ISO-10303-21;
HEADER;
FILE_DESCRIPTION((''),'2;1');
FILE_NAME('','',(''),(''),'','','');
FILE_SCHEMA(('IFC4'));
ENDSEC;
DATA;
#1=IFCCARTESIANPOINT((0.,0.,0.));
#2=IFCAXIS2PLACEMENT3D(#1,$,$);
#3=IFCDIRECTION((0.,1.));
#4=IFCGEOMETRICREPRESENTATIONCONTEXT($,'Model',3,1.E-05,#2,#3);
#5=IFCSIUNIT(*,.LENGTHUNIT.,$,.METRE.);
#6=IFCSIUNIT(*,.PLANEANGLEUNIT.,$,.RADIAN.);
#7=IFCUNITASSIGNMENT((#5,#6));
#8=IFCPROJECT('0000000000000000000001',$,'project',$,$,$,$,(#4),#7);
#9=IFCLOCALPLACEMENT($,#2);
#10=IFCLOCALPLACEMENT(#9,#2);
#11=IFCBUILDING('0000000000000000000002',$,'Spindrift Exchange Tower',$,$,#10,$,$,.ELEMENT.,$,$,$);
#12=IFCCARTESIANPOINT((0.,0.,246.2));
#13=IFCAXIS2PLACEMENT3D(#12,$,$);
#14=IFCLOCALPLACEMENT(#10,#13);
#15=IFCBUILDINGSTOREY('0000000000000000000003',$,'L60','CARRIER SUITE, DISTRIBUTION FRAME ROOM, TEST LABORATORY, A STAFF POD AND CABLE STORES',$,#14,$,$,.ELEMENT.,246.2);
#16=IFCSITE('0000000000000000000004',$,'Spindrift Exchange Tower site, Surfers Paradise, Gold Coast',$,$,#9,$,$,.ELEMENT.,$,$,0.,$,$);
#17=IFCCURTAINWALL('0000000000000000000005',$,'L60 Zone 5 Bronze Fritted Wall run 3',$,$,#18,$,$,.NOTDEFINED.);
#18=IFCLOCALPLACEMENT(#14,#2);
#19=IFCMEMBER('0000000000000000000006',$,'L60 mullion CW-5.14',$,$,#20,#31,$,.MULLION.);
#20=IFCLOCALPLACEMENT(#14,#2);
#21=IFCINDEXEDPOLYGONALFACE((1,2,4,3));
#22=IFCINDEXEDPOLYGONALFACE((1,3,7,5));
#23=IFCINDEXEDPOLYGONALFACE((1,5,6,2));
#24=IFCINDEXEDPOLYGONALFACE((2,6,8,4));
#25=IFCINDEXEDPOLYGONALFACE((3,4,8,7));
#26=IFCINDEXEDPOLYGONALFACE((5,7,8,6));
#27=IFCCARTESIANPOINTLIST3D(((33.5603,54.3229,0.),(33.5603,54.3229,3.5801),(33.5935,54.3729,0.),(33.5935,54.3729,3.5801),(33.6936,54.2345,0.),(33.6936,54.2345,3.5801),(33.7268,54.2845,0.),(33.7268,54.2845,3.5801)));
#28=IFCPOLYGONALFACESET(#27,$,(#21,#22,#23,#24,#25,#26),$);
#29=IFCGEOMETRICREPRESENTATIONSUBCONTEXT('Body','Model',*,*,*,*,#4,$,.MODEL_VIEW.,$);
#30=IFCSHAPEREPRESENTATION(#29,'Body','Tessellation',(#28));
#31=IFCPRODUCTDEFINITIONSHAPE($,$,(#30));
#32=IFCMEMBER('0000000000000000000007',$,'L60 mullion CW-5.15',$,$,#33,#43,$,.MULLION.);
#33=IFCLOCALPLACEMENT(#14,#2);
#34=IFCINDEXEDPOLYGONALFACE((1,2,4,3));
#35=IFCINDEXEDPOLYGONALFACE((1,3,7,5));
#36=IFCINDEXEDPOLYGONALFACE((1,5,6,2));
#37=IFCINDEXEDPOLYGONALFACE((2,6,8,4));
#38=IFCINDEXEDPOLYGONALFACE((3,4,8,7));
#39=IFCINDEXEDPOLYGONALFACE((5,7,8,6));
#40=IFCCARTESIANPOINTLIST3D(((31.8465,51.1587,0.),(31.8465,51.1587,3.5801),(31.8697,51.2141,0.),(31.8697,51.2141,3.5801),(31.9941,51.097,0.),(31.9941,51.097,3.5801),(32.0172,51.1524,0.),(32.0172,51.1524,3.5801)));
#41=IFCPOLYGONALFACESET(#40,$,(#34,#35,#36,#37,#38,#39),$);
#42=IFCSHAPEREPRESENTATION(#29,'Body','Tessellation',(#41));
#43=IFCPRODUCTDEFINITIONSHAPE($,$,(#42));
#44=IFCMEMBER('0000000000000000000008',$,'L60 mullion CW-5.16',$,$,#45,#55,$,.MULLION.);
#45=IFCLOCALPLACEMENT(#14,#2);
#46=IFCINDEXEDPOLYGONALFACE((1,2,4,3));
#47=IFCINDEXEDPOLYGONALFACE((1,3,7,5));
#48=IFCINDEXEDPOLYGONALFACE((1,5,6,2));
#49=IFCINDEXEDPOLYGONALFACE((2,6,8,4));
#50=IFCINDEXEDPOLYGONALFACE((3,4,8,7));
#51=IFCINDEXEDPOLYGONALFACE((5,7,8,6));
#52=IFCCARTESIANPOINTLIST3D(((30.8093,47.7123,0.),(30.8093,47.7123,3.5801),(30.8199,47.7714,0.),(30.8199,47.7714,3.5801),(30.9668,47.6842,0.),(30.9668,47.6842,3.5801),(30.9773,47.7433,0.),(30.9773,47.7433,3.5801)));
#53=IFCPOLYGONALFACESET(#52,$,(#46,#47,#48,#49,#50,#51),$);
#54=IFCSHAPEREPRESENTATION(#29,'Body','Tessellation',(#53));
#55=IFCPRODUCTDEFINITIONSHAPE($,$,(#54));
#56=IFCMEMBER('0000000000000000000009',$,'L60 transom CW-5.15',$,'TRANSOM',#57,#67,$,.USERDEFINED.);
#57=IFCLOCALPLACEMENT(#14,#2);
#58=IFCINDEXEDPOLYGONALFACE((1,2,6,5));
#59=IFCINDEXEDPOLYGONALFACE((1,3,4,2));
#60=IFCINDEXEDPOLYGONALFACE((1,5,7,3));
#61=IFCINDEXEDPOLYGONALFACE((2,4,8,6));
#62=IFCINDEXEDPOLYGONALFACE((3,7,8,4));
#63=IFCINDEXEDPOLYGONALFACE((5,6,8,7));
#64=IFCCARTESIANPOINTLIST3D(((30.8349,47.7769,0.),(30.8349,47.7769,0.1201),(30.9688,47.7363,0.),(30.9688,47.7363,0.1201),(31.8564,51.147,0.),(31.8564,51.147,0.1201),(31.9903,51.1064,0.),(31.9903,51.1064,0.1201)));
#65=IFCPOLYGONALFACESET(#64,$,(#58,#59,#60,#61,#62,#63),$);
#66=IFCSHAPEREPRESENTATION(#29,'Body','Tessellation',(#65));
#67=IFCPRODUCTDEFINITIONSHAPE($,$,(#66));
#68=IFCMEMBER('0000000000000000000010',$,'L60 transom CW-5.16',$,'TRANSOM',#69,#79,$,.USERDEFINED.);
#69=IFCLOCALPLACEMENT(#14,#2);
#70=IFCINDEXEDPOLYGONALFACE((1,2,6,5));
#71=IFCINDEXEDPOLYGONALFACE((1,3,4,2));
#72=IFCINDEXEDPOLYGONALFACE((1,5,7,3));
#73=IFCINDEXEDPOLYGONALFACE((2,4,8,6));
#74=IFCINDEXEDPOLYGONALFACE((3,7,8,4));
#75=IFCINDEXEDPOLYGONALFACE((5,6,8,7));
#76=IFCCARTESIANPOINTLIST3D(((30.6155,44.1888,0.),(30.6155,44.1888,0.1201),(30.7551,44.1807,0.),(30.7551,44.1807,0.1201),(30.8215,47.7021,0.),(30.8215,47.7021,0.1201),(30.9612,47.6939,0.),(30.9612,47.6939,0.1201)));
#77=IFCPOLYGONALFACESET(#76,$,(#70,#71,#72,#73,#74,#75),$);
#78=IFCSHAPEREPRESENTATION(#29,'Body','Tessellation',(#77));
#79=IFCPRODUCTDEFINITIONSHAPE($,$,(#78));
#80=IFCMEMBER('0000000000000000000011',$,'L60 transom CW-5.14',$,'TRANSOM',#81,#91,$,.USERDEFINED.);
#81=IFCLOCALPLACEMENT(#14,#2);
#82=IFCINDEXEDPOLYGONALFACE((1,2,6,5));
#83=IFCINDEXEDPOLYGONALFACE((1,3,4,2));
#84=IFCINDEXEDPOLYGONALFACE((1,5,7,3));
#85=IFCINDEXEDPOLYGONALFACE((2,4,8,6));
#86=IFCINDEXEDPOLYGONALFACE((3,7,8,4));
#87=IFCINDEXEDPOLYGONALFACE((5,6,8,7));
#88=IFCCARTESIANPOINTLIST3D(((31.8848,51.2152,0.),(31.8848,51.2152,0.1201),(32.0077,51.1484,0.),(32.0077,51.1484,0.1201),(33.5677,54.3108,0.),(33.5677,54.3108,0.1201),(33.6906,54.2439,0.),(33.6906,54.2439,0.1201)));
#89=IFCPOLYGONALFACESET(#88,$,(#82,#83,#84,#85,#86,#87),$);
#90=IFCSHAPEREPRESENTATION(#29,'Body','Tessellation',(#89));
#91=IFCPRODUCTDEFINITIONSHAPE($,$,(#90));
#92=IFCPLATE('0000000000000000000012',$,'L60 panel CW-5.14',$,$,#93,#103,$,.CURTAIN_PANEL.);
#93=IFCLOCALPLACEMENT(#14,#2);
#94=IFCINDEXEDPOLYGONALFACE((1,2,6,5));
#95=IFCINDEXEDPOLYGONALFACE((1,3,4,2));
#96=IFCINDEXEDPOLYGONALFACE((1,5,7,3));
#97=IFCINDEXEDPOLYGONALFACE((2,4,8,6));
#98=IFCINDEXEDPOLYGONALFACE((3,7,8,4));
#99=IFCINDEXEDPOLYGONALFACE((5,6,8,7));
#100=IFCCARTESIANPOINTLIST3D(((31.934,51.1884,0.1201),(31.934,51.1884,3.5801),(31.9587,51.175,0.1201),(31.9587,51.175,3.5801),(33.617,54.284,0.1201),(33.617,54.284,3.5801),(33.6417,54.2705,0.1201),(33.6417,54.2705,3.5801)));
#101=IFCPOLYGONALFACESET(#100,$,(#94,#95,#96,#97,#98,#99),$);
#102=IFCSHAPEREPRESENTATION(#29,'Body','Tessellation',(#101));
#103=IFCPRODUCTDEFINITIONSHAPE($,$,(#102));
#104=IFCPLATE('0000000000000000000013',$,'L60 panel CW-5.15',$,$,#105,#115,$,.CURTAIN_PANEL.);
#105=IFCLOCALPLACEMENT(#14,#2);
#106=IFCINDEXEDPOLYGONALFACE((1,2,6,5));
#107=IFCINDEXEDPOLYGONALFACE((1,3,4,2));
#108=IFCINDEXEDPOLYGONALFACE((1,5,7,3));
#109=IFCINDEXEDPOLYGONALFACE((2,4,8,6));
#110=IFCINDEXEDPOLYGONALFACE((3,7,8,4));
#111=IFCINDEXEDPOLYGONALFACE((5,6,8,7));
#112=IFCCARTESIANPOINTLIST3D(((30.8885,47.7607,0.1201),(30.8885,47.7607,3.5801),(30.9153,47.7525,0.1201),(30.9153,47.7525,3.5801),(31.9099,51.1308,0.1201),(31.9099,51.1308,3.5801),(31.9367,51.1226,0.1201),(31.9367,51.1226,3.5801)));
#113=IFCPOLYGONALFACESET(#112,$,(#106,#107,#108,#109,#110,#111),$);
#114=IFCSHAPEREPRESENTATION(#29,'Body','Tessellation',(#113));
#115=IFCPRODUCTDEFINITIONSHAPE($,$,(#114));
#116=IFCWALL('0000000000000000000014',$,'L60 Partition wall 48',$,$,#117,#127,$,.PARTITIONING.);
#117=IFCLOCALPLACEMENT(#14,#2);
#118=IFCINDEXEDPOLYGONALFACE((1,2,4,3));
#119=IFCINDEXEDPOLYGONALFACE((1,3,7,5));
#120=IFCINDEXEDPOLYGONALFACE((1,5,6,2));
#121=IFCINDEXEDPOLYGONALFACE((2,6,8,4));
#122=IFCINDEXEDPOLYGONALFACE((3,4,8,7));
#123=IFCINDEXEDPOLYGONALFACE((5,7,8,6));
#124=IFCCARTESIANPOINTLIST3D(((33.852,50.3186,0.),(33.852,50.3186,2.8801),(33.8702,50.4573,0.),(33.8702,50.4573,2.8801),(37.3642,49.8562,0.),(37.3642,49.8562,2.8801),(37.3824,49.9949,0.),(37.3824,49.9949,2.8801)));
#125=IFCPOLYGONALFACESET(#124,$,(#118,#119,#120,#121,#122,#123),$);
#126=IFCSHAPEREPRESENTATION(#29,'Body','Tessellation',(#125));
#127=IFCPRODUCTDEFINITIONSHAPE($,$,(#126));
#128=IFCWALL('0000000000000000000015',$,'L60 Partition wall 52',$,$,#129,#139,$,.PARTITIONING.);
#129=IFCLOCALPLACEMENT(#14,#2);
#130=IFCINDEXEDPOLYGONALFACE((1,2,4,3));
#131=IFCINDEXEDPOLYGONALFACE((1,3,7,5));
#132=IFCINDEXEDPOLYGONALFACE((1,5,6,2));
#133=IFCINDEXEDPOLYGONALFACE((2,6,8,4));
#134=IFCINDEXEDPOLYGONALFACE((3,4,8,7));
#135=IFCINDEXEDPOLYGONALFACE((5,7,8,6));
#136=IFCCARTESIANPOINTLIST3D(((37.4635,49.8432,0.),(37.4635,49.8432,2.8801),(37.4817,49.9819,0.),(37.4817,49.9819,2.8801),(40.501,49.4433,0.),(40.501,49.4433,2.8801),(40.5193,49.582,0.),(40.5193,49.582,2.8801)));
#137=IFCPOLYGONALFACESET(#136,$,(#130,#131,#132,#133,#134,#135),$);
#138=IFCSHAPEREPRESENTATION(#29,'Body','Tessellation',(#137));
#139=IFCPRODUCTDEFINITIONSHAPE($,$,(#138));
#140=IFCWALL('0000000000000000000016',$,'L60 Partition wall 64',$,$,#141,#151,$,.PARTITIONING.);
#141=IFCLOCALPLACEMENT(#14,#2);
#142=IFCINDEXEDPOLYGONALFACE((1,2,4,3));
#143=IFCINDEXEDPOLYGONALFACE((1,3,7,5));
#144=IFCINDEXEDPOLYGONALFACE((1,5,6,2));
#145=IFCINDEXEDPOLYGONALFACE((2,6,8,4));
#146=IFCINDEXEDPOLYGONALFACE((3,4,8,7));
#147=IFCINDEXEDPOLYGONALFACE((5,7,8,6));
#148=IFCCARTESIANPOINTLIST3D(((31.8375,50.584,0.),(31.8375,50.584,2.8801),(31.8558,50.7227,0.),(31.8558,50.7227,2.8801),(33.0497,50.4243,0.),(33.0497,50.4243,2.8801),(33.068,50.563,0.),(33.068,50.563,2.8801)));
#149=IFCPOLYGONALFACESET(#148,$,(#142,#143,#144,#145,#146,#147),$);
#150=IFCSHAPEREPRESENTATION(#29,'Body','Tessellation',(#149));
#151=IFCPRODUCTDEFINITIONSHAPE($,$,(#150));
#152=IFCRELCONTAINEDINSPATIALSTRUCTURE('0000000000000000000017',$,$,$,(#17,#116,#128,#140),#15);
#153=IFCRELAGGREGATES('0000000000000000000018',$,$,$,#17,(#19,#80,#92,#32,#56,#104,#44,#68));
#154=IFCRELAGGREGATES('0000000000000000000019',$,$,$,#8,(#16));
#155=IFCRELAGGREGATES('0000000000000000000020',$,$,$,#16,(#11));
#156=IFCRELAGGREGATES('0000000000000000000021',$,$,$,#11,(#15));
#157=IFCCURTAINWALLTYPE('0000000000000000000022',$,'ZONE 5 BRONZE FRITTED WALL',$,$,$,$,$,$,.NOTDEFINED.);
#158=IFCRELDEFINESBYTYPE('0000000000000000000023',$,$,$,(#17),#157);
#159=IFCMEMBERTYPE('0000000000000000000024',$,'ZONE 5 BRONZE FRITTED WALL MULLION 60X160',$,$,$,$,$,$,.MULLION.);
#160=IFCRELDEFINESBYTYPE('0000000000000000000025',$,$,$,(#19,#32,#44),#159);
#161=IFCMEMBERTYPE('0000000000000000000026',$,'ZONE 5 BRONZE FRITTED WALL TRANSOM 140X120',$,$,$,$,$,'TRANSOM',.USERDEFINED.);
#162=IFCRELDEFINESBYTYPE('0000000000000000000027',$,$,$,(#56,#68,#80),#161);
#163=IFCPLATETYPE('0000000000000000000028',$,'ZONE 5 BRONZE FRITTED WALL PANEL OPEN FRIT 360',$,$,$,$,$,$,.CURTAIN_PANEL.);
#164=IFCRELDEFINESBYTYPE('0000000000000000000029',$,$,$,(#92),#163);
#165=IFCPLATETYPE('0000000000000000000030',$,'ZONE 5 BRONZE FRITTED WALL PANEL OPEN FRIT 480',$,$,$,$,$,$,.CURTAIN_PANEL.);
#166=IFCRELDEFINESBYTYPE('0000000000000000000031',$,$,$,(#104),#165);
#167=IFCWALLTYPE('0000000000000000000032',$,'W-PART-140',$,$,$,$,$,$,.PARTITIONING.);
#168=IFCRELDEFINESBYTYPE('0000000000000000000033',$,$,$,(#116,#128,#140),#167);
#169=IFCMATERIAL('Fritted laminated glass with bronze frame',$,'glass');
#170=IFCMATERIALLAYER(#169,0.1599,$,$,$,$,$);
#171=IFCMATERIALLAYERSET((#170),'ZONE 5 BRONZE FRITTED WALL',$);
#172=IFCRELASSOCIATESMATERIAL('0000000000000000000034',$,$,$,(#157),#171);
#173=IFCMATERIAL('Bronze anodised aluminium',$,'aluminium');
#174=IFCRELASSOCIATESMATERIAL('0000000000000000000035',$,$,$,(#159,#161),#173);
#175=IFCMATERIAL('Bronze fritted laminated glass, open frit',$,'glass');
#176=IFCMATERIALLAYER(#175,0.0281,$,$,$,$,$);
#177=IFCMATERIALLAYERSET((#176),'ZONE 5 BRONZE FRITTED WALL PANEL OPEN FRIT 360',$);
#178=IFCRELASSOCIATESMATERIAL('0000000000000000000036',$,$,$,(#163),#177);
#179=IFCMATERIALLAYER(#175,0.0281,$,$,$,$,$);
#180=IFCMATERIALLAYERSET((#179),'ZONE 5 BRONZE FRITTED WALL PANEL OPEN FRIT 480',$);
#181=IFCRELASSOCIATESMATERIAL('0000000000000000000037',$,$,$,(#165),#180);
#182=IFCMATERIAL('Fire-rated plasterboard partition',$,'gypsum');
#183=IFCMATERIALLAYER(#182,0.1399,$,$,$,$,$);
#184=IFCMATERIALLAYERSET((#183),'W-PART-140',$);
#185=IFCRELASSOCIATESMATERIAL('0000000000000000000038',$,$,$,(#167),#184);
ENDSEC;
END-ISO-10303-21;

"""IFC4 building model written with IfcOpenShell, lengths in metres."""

from ifc_helpers import new_model, si_unit, direction, frame, frame_2d, origin, origin_2d, place, context, subcontext, project, spatial, rectangle, extrude, source, transform, mapped, material, layer, layer_set, material_profile, profile_set, type_object, element, aggregate, save


model = new_model("IFC4")

# Units and contexts
model_context = context("Model", 3, precision=1e-05, world=origin(), true_north=direction((0.0, 1.0)))
body_context = subcontext(model_context, "Body", "Model", "MODEL_VIEW")
ifc_project = project(units=[si_unit("LENGTHUNIT", "METRE"), si_unit("PLANEANGLEUNIT", "RADIAN")], contexts=[model_context])

# Site, building, storey
site_placement = place(None, origin())
site = spatial("IfcSite", under=ifc_project, at=site_placement, Name="Spindrift Exchange Tower site, Surfers Paradise, Gold Coast", CompositionType="ELEMENT", RefElevation=0.0)
building_placement = place(site_placement, origin())
building = spatial("IfcBuilding", under=site, at=building_placement, Name="Spindrift Exchange Tower", CompositionType="ELEMENT")
storey_placement = place(building_placement, frame((0.0, 0.0, 246.2)))
storey = spatial("IfcBuildingStorey", under=building, at=storey_placement, Name="L60", Description="CARRIER SUITE, DISTRIBUTION FRAME ROOM, TEST LABORATORY, A STAFF POD AND CABLE STORES", CompositionType="ELEMENT", Elevation=246.2)

# Curtain wall, members, plates
ifc_material_1 = material(Name="Fritted laminated glass with bronze frame", Category="glass")
ifc_layer_1 = layer(ifc_material_1, 0.1599)
ifc_layer_set_1 = layer_set([ifc_layer_1], Name="ZONE 5 BRONZE FRITTED WALL")
curtain_wall_type = type_object("IfcCurtainWallType", Name="ZONE 5 BRONZE FRITTED WALL", PredefinedType="NOTDEFINED", material=ifc_layer_set_1)
curtain_wall_placement = place(storey_placement, origin())
curtain_wall = element("IfcCurtainWall", 1, at=curtain_wall_placement, inside=storey, type_object=curtain_wall_type, Name="L60 Zone 5 Bronze Fritted Wall run 3", PredefinedType="NOTDEFINED")
ifc_material_2 = material(Name="Bronze anodised aluminium", Category="aluminium")
ifc_material_profile_1 = material_profile(ifc_material_2, rectangle(XDim=0.0601, YDim=0.1599, at=origin_2d()), Name="ZONE 5 BRONZE FRITTED WALL MULLION 60X160")
ifc_profile_set_1 = profile_set([ifc_material_profile_1], Name="Bronze anodised aluminium")
member_type_1 = type_object("IfcMemberType", Name="ZONE 5 BRONZE FRITTED WALL MULLION 60X160", PredefinedType="MULLION", material=ifc_profile_set_1)
shared_shape_1 = source(origin(), body_context, "Body", "SweptSolid", [
    extrude(rectangle(XDim=0.0601, YDim=0.1599, at=origin_2d()), origin(), (0.0, 0.0, 1.0), 3.5801),
])
member_1_placement = place(storey_placement, frame((33.6436, 54.3037, 0.0), z_axis=(0.0, 0.0, 1.0), x_axis=(-0.552995, -0.833184, 0.0)))
member_1 = element("IfcMember", 2, at=member_1_placement, type_object=member_type_1, Name="L60 mullion CW-5.14", PredefinedType="MULLION", context=body_context, shape_type="MappedRepresentation", body=[
    mapped(shared_shape_1, transform((0.0, 0.0, 0.0), scale=1.0)),
])
member_2_placement = place(storey_placement, frame((31.9319, 51.1555, 0.0), z_axis=(0.0, 0.0, 1.0), x_axis=(-0.385844, -0.922564, 0.0)))
member_2 = element("IfcMember", 3, at=member_2_placement, type_object=member_type_1, Name="L60 mullion CW-5.15", PredefinedType="MULLION", context=body_context, shape_type="MappedRepresentation", body=[
    mapped(shared_shape_1, transform((0.0, 0.0, 0.0), scale=1.0)),
])
member_3_placement = place(storey_placement, frame((30.8933, 47.7278, 0.0), z_axis=(0.0, 0.0, 1.0), x_axis=(-0.175518, -0.984476, 0.0)))
member_3 = element("IfcMember", 4, at=member_3_placement, type_object=member_type_1, Name="L60 mullion CW-5.16", PredefinedType="MULLION", context=body_context, shape_type="MappedRepresentation", body=[
    mapped(shared_shape_1, transform((0.0, 0.0, 0.0), scale=1.0)),
])
ifc_material_profile_2 = material_profile(ifc_material_2, rectangle(XDim=0.1399, YDim=0.1201, at=origin_2d()), Name="ZONE 5 BRONZE FRITTED WALL TRANSOM 140X120")
ifc_profile_set_2 = profile_set([ifc_material_profile_2], Name="Bronze anodised aluminium")
member_type_2 = type_object("IfcMemberType", Name="ZONE 5 BRONZE FRITTED WALL TRANSOM 140X120", ElementType="TRANSOM", PredefinedType="USERDEFINED", material=ifc_profile_set_2)
shared_shape_2 = source(origin(), body_context, "Body", "SweptSolid", [
    extrude(rectangle(XDim=0.1399, YDim=0.1201, at=origin_2d()), origin(), (0.0, 0.0, 1.0), 3.5215),
])
member_4_placement = place(storey_placement, frame((31.9233, 51.1267, 0.0601), z_axis=(-0.290069, -0.957006, 0.0), x_axis=(0.957006, -0.290069, 0.0)))
member_4 = element("IfcMember", 5, at=member_4_placement, type_object=member_type_2, Name="L60 transom CW-5.15", ObjectType="TRANSOM", PredefinedType="USERDEFINED", context=body_context, shape_type="MappedRepresentation", body=[
    mapped(shared_shape_2, transform((0.0, 0.0, 0.0), scale=1.0)),
])
shared_shape_3 = source(origin(), body_context, "Body", "SweptSolid", [
    extrude(rectangle(XDim=0.1399, YDim=0.1201, at=origin_2d()), origin(), (0.0, 0.0, 1.0), 3.5193),
])
member_5_placement = place(storey_placement, frame((30.8914, 47.698, 0.0601), z_axis=(-0.058551, -0.998284, 0.0), x_axis=(0.998284, -0.058551, 0.0)))
member_5 = element("IfcMember", 6, at=member_5_placement, type_object=member_type_2, Name="L60 transom CW-5.16", ObjectType="TRANSOM", PredefinedType="USERDEFINED", context=body_context, shape_type="MappedRepresentation", body=[
    mapped(shared_shape_3, transform((0.0, 0.0, 0.0), scale=1.0)),
])
shared_shape_4 = source(origin(), body_context, "Body", "SweptSolid", [
    extrude(rectangle(XDim=0.1399, YDim=0.1201, at=origin_2d()), origin(), (0.0, 0.0, 1.0), 3.5234),
])
member_6_placement = place(storey_placement, frame((33.6292, 54.2773, 0.0601), z_axis=(-0.477633, -0.878559, 0.0), x_axis=(0.878559, -0.477633, 0.0)))
member_6 = element("IfcMember", 7, at=member_6_placement, type_object=member_type_2, Name="L60 transom CW-5.14", ObjectType="TRANSOM", PredefinedType="USERDEFINED", context=body_context, shape_type="MappedRepresentation", body=[
    mapped(shared_shape_4, transform((0.0, 0.0, 0.0), scale=1.0)),
])
ifc_material_3 = material(Name="Bronze fritted laminated glass, open frit", Category="glass")
ifc_layer_2 = layer(ifc_material_3, 0.0281)
ifc_layer_set_2 = layer_set([ifc_layer_2], Name="ZONE 5 BRONZE FRITTED WALL PANEL OPEN FRIT 360")
plate_type_1 = type_object("IfcPlateType", Name="ZONE 5 BRONZE FRITTED WALL PANEL OPEN FRIT 360", PredefinedType="CURTAIN_PANEL", material=ifc_layer_set_2)
shared_shape_5 = source(origin(), body_context, "Body", "SweptSolid", [
    extrude(rectangle(XDim=3.5234, YDim=0.0281, at=origin_2d()), origin(), (0.0, 0.0, 1.0), 3.46),
])
plate_1_placement = place(storey_placement, frame((32.7878, 52.7295, 0.1201), z_axis=(0.0, 0.0, 1.0), x_axis=(-0.477648, -0.878551, 0.0)))
plate_1 = element("IfcPlate", 8, at=plate_1_placement, type_object=plate_type_1, Name="L60 panel CW-5.14", PredefinedType="CURTAIN_PANEL", context=body_context, shape_type="MappedRepresentation", body=[
    mapped(shared_shape_5, transform((0.0, 0.0, 0.0), scale=1.0)),
])
ifc_layer_3 = layer(ifc_material_3, 0.0281)
ifc_layer_set_3 = layer_set([ifc_layer_3], Name="ZONE 5 BRONZE FRITTED WALL PANEL OPEN FRIT 480")
plate_type_2 = type_object("IfcPlateType", Name="ZONE 5 BRONZE FRITTED WALL PANEL OPEN FRIT 480", PredefinedType="CURTAIN_PANEL", material=ifc_layer_set_3)
shared_shape_6 = source(origin(), body_context, "Body", "SweptSolid", [
    extrude(rectangle(XDim=3.5215, YDim=0.0281, at=origin_2d()), origin(), (0.0, 0.0, 1.0), 3.46),
])
plate_2_placement = place(storey_placement, frame((31.4126, 49.4417, 0.1201), z_axis=(0.0, 0.0, 1.0), x_axis=(-0.290041, -0.957014, 0.0)))
plate_2 = element("IfcPlate", 9, at=plate_2_placement, type_object=plate_type_2, Name="L60 panel CW-5.15", PredefinedType="CURTAIN_PANEL", context=body_context, shape_type="MappedRepresentation", body=[
    mapped(shared_shape_6, transform((0.0, 0.0, 0.0), scale=1.0)),
])
aggregate(curtain_wall, [member_1, member_6, plate_1, member_2, member_4, plate_2, member_3, member_5])

# Walls
ifc_material_4 = material(Name="Fire-rated plasterboard partition", Category="gypsum")
ifc_layer_4 = layer(ifc_material_4, 0.1399)
ifc_layer_set_4 = layer_set([ifc_layer_4], Name="W-PART-140")
wall_type = type_object("IfcWallType", Name="W-PART-140", PredefinedType="PARTITIONING", material=ifc_layer_set_4)
wall_1_placement = place(storey_placement, frame((37.3733, 49.9255, 0.0), z_axis=(0.0, 0.0, 1.0), x_axis=(-0.991444, 0.130529, 0.0)))
element("IfcWall", 10, at=wall_1_placement, inside=storey, type_object=wall_type, Name="L60 Partition wall 48", PredefinedType="PARTITIONING", context=body_context, shape_type="SweptSolid", body=[
    extrude(rectangle(XDim=3.5425, YDim=0.1399, at=frame_2d((1.7712, 0.0))), origin(), (0.0, 0.0, 1.0), 2.8801),
])
wall_2_placement = place(storey_placement, frame((40.51, 49.5127, 0.0), z_axis=(0.0, 0.0, 1.0), x_axis=(-0.991445, 0.130525, 0.0)))
element("IfcWall", 11, at=wall_2_placement, inside=storey, type_object=wall_type, Name="L60 Partition wall 52", PredefinedType="PARTITIONING", context=body_context, shape_type="SweptSolid", body=[
    extrude(rectangle(XDim=3.0637, YDim=0.1399, at=frame_2d((1.5317, 0.0))), origin(), (0.0, 0.0, 1.0), 2.8801),
])
wall_3_placement = place(storey_placement, frame((33.0588, 50.4937, 0.0), z_axis=(0.0, 0.0, 1.0), x_axis=(-0.991436, 0.130594, 0.0)))
element("IfcWall", 12, at=wall_3_placement, inside=storey, type_object=wall_type, Name="L60 Partition wall 64", PredefinedType="PARTITIONING", context=body_context, shape_type="SweptSolid", body=[
    extrude(rectangle(XDim=1.2227, YDim=0.1399, at=frame_2d((0.6113, 0.0))), origin(), (0.0, 0.0, 1.0), 2.8801),
])

save(model, "model.ifc")
